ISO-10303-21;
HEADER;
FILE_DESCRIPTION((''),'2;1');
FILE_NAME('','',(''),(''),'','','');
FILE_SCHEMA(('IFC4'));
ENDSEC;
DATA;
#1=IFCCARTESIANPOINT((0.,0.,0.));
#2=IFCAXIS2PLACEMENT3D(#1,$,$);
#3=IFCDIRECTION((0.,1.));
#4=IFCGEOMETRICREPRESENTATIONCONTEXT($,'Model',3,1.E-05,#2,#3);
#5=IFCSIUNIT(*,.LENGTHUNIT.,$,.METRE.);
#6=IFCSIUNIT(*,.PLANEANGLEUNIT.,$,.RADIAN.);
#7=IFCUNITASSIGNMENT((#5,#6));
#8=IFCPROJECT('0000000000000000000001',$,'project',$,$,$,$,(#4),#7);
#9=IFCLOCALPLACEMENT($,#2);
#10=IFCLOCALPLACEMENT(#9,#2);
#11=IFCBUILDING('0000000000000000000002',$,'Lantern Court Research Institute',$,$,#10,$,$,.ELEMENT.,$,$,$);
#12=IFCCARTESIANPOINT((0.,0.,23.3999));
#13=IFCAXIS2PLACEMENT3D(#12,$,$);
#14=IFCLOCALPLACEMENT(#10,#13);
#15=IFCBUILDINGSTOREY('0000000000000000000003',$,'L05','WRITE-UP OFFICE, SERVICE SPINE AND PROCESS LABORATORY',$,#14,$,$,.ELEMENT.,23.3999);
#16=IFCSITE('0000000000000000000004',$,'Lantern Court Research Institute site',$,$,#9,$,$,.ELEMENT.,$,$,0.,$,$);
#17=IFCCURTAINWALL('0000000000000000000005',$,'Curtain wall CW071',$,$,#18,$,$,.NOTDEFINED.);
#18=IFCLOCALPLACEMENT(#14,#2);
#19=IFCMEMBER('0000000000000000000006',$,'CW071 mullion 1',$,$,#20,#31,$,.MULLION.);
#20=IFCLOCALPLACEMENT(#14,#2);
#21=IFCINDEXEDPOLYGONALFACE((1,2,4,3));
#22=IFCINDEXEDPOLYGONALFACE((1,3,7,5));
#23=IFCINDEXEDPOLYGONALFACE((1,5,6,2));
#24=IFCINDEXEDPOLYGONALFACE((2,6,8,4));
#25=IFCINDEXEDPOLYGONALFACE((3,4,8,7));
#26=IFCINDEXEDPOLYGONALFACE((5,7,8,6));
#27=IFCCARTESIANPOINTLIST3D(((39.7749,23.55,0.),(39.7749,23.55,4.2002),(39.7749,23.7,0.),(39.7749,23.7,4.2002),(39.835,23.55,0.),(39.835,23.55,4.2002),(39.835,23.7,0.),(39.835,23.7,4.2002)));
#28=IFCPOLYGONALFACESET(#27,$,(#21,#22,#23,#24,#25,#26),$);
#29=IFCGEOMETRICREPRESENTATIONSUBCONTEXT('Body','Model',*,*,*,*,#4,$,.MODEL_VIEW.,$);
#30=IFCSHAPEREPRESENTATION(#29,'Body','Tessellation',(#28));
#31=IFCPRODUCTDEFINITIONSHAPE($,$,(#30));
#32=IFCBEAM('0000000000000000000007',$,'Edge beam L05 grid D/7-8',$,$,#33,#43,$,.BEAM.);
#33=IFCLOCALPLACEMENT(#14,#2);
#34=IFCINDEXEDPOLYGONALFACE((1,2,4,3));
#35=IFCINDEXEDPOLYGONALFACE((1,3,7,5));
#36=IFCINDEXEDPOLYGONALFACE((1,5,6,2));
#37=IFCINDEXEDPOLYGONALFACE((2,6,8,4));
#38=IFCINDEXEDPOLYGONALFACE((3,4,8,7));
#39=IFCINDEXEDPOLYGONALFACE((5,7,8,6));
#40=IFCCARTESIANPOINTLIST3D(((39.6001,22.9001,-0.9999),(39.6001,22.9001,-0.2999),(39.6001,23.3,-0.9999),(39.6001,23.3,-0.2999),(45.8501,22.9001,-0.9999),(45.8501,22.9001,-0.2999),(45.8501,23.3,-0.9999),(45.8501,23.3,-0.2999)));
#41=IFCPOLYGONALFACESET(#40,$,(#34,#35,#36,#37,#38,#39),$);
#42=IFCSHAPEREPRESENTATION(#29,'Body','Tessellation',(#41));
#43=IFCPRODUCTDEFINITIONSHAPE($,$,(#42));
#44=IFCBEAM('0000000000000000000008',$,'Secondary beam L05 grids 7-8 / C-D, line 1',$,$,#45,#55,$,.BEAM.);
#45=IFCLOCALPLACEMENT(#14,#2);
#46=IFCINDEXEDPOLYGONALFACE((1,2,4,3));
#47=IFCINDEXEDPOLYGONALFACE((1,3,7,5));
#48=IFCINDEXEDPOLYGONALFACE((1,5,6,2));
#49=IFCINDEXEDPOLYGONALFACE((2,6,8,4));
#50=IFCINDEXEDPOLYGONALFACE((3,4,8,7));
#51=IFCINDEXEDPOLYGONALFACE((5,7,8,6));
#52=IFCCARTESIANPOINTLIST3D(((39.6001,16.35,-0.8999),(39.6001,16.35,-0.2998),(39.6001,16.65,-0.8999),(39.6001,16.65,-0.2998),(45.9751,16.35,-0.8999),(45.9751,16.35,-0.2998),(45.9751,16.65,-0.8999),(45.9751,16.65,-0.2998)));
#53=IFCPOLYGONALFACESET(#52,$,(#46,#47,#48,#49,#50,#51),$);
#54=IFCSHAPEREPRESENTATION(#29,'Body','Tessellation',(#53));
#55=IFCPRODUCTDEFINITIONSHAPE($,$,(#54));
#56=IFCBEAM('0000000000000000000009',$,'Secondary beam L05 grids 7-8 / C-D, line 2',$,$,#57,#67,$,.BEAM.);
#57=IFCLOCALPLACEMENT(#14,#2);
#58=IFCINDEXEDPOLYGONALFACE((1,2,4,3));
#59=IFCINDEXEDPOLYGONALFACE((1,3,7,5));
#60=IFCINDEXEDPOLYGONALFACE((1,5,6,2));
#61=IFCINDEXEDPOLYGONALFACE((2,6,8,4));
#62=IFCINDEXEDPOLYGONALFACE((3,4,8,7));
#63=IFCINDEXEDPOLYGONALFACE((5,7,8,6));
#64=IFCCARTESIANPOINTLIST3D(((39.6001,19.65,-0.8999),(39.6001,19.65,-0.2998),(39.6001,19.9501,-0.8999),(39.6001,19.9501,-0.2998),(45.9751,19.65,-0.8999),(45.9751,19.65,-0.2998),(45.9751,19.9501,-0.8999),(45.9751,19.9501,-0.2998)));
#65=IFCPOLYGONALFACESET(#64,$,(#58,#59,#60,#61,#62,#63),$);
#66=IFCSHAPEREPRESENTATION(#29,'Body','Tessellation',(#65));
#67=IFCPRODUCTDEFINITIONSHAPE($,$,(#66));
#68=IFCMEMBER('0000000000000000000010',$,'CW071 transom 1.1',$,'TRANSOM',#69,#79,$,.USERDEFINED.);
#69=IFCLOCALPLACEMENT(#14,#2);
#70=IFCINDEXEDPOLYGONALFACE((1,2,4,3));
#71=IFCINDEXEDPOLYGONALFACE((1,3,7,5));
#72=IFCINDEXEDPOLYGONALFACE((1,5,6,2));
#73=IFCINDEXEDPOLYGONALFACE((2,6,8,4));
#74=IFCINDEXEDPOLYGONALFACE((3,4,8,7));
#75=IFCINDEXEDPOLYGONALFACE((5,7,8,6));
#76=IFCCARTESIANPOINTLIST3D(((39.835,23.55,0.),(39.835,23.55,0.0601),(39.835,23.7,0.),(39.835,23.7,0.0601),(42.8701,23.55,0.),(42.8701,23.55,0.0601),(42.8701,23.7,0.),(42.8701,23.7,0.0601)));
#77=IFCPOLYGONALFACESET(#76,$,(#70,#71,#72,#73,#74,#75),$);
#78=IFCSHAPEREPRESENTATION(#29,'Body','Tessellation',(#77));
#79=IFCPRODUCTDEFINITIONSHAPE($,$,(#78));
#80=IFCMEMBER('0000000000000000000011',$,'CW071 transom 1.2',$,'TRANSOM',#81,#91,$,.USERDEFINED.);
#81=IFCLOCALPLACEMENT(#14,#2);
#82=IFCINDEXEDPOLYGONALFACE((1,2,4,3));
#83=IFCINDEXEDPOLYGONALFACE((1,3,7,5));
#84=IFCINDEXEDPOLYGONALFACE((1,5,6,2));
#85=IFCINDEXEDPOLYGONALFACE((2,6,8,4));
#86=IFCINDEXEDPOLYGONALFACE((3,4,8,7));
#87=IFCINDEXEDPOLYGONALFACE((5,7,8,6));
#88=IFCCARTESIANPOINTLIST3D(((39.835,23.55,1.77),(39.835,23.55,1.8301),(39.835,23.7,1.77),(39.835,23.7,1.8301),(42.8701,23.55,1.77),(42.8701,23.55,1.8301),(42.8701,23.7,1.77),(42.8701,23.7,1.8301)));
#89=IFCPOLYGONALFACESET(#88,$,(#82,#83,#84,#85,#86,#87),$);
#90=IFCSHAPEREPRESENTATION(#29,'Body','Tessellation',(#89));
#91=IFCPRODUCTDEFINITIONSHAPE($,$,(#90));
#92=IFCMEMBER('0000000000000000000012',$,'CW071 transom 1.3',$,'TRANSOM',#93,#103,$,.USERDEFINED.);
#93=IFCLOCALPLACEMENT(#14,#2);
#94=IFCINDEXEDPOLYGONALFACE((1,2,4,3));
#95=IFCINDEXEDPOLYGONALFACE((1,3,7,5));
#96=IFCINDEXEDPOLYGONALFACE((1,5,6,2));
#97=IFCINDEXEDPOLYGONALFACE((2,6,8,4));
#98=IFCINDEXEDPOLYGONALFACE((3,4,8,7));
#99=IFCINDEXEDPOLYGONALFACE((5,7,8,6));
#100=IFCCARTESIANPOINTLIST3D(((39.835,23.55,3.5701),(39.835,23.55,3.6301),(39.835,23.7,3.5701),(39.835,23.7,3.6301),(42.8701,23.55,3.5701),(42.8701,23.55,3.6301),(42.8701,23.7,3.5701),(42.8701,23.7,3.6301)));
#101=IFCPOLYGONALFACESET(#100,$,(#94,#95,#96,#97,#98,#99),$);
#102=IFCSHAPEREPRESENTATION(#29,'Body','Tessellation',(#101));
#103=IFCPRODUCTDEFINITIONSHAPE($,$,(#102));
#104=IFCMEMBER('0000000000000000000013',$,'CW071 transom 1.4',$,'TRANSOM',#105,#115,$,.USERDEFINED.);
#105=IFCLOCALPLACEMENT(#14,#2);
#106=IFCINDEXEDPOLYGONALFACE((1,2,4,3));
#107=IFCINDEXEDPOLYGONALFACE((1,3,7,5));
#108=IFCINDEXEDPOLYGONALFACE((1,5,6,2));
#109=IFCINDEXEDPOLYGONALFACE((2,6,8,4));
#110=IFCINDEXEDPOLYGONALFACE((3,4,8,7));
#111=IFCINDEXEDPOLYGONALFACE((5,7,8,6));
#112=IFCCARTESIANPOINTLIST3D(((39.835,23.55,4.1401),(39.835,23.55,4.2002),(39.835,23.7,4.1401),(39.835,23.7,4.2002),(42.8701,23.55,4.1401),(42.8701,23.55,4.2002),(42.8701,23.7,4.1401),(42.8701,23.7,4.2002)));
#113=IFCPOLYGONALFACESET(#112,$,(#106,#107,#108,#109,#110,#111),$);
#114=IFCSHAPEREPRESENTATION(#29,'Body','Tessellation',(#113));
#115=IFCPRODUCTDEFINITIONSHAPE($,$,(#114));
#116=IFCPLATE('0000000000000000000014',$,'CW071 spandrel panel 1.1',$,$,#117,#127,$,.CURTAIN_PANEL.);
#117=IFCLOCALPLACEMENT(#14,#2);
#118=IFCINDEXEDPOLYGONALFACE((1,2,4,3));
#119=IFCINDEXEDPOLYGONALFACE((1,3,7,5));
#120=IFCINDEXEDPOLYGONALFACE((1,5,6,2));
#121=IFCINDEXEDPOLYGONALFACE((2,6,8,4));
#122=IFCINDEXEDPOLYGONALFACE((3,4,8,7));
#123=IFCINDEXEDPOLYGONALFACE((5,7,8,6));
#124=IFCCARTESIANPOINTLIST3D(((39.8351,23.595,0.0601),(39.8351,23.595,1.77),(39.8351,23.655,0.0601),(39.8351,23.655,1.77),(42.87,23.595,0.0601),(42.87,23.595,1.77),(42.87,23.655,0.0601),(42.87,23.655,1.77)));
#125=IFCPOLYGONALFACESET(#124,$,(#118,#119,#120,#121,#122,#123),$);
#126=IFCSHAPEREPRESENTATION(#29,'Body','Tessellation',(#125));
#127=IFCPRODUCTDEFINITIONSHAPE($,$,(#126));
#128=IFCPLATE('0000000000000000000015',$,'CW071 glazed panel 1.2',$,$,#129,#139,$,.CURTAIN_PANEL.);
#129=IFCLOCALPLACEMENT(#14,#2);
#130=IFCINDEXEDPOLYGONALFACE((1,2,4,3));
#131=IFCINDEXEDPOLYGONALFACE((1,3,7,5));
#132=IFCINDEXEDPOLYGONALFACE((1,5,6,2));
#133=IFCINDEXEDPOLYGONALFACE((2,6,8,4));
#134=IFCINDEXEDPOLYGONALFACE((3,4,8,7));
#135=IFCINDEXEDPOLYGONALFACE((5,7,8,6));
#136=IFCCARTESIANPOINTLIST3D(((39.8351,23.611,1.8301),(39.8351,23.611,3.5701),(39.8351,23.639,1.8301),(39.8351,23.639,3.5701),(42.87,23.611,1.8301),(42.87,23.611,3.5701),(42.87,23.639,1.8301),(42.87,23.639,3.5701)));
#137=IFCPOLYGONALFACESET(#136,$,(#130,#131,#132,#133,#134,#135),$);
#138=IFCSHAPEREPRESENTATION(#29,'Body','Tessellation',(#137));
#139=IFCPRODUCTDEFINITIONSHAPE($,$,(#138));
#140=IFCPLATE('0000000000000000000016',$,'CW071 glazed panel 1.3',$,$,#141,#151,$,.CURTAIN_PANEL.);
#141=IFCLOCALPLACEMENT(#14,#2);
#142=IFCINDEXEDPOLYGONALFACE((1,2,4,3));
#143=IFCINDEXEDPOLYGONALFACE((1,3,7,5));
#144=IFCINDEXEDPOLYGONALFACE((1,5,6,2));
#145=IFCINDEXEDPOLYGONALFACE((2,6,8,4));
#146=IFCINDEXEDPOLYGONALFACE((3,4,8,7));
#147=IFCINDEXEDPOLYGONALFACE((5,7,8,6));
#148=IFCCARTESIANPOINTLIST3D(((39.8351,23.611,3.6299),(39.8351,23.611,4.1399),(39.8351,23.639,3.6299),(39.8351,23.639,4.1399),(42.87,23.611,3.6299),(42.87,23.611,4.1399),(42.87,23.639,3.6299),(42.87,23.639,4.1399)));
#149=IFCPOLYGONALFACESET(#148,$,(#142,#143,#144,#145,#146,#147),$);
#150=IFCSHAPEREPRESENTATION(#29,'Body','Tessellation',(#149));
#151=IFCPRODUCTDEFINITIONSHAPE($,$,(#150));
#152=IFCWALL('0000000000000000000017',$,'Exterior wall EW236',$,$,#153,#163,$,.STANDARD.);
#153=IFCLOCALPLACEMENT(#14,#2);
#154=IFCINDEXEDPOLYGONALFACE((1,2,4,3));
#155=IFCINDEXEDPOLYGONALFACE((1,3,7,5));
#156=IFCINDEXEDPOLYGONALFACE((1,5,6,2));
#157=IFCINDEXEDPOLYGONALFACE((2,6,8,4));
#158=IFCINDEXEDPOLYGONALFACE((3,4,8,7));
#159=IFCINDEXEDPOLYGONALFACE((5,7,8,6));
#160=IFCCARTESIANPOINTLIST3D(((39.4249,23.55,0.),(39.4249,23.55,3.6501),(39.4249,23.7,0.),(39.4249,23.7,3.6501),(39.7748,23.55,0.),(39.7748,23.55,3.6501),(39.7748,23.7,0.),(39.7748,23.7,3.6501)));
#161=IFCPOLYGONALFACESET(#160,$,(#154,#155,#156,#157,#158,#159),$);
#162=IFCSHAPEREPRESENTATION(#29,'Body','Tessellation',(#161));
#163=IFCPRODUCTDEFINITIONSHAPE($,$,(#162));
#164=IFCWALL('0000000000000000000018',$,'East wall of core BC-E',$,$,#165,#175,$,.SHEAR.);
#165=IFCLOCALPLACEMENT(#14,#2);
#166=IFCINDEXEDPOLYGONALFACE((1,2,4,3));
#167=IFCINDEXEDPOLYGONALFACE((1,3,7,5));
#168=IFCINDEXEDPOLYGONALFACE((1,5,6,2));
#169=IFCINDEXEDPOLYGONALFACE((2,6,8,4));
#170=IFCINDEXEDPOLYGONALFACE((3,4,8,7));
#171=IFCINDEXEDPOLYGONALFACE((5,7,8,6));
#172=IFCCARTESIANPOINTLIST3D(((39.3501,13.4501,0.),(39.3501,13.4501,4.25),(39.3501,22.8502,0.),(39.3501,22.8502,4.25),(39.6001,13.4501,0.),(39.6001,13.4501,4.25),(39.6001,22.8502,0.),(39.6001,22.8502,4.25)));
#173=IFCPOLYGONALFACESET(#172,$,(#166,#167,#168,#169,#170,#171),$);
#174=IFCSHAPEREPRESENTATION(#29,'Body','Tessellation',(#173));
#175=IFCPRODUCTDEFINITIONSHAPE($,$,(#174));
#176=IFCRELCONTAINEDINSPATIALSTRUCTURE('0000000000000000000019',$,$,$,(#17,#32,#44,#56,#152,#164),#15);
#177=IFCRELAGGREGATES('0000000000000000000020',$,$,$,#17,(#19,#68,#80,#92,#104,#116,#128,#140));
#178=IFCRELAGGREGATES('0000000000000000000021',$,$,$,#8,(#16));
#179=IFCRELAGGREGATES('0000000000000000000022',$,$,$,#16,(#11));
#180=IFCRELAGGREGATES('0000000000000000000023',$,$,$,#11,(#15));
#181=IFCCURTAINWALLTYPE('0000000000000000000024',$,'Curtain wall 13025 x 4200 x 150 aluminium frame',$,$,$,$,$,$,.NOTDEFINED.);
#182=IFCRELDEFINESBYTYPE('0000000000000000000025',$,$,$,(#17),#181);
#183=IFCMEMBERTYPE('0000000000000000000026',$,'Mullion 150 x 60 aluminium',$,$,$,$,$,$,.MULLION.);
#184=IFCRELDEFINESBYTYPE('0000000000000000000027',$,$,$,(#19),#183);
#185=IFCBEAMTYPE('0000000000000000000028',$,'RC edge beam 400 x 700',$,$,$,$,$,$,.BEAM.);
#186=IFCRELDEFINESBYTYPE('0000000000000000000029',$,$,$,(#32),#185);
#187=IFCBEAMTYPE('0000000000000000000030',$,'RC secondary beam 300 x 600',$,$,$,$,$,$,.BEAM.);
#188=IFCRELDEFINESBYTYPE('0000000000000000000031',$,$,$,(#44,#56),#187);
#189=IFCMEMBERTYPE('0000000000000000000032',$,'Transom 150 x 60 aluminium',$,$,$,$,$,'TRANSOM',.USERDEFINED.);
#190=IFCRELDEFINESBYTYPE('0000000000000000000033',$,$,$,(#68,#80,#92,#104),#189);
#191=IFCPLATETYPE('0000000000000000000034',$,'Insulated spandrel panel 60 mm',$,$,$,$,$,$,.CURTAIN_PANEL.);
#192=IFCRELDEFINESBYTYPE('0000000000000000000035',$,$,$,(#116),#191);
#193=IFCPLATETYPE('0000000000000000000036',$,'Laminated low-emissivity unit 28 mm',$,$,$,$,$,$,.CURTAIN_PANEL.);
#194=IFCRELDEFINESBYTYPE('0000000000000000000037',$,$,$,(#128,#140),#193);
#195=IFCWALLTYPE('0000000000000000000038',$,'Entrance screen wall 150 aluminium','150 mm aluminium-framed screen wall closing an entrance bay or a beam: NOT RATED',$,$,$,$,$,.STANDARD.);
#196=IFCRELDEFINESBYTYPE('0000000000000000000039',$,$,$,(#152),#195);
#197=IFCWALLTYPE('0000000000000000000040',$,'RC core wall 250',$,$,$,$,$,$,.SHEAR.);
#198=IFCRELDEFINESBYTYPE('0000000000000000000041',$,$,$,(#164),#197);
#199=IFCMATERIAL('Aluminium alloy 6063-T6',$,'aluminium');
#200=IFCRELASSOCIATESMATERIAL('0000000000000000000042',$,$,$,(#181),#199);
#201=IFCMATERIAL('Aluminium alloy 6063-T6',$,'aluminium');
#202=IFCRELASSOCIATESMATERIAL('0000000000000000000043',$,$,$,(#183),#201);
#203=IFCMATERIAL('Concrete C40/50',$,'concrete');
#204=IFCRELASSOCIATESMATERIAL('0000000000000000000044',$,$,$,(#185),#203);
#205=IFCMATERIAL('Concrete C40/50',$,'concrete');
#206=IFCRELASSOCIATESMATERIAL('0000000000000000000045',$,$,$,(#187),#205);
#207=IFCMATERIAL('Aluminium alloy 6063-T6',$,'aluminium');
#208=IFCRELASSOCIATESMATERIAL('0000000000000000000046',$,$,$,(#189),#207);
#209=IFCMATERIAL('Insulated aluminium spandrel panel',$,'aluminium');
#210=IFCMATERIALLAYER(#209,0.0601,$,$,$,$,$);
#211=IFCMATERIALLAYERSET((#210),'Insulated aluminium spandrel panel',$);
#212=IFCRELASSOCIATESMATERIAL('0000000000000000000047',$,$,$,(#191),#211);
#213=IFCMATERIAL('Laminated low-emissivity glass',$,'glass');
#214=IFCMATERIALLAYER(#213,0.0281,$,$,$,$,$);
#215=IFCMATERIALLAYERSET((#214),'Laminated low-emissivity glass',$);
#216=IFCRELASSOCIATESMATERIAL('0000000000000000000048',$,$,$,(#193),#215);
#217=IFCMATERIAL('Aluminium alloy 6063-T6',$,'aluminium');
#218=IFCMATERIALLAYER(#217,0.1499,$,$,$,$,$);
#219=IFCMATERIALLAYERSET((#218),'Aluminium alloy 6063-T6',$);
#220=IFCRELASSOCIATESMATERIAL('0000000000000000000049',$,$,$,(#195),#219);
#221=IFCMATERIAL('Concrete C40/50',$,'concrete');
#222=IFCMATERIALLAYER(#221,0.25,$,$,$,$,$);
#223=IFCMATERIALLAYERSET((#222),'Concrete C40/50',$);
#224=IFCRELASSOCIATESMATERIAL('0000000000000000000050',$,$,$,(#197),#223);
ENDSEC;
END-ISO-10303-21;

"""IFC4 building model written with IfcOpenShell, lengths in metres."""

from ifc_helpers import new_model, si_unit, direction, frame, frame_2d, origin, origin_2d, place, context, subcontext, project, spatial, rectangle, extrude, material, layer, layer_set, material_profile, profile_set, type_object, element, aggregate, save


model = new_model("IFC4")

# Units and contexts
model_context = context("Model", 3, precision=1e-05, world=origin(), true_north=direction((0.0, 1.0)))
body_context = subcontext(model_context, "Body", "Model", "MODEL_VIEW")
ifc_project = project(units=[si_unit("LENGTHUNIT", "METRE"), si_unit("PLANEANGLEUNIT", "RADIAN")], contexts=[model_context])

# Site, building, storey
site_placement = place(None, origin())
site = spatial("IfcSite", under=ifc_project, at=site_placement, Name="Lantern Court Research Institute site", CompositionType="ELEMENT", RefElevation=0.0)
building_placement = place(site_placement, origin())
building = spatial("IfcBuilding", under=site, at=building_placement, Name="Lantern Court Research Institute", CompositionType="ELEMENT")
storey_placement = place(building_placement, frame((0.0, 0.0, 23.3999)))
storey = spatial("IfcBuildingStorey", under=building, at=storey_placement, Name="L05", Description="WRITE-UP OFFICE, SERVICE SPINE AND PROCESS LABORATORY", CompositionType="ELEMENT", Elevation=23.3999)

# Curtain wall, member
ifc_material_1 = material(Name="Aluminium alloy 6063-T6", Category="aluminium")
curtain_wall_type = type_object("IfcCurtainWallType", Name="Curtain wall 13025 x 4200 x 150 aluminium frame", PredefinedType="NOTDEFINED", material=ifc_material_1)
curtain_wall_placement = place(storey_placement, origin())
curtain_wall = element("IfcCurtainWall", 1, at=curtain_wall_placement, inside=storey, type_object=curtain_wall_type, Name="Curtain wall CW071", PredefinedType="NOTDEFINED")
ifc_material_2 = material(Name="Aluminium alloy 6063-T6", Category="aluminium")
ifc_material_profile_1 = material_profile(ifc_material_2, rectangle(XDim=0.1499, YDim=0.0601, at=origin_2d()), Name="Mullion 150 x 60")
ifc_profile_set_1 = profile_set([ifc_material_profile_1], Name="Aluminium alloy 6063-T6")
member_type_1 = type_object("IfcMemberType", Name="Mullion 150 x 60 aluminium", PredefinedType="MULLION", material=ifc_profile_set_1)
member_1_placement = place(storey_placement, frame((39.8049, 23.625, 0.0), z_axis=(0.0, 0.0, 1.0), x_axis=(0.0, 1.0, 0.0)))
member_1 = element("IfcMember", 2, at=member_1_placement, type_object=member_type_1, Name="CW071 mullion 1", PredefinedType="MULLION", context=body_context, shape_type="SweptSolid", body=[
    extrude(rectangle(XDim=0.1499, YDim=0.0601, at=origin_2d()), origin(), (0.0, 0.0, 1.0), 4.2002),
])

# Beams
ifc_material_3 = material(Name="Concrete C40/50", Category="concrete")
ifc_material_profile_2 = material_profile(ifc_material_3, rectangle(XDim=0.3999, YDim=0.7, at=origin_2d()), Name="RC beam 400 x 700")
ifc_profile_set_2 = profile_set([ifc_material_profile_2], Name="Concrete C40/50")
beam_type_1 = type_object("IfcBeamType", Name="RC edge beam 400 x 700", PredefinedType="BEAM", material=ifc_profile_set_2)
beam_placement = place(storey_placement, frame((39.6001, 23.1001, -0.6499), z_axis=(1.0, 0.0, 0.0), x_axis=(0.0, 1.0, 0.0)))
element("IfcBeam", 3, at=beam_placement, inside=storey, type_object=beam_type_1, Name="Edge beam L05 grid D/7-8", PredefinedType="BEAM", context=body_context, shape_type="SweptSolid", body=[
    extrude(rectangle(XDim=0.3999, YDim=0.7, at=origin_2d()), origin(), (0.0, 0.0, 1.0), 6.25),
])
ifc_material_4 = material(Name="Concrete C40/50", Category="concrete")
ifc_material_profile_3 = material_profile(ifc_material_4, rectangle(XDim=0.3, YDim=0.6001, at=origin_2d()), Name="RC beam 300 x 600")
ifc_profile_set_3 = profile_set([ifc_material_profile_3], Name="Concrete C40/50")
beam_type_2 = type_object("IfcBeamType", Name="RC secondary beam 300 x 600", PredefinedType="BEAM", material=ifc_profile_set_3)
for number, where, z_axis, x_axis, name in (
    (4, (39.6001, 16.5, -0.5999), (1.0, 0.0, 0.0), (0.0, 1.0, 0.0), "Secondary beam L05 grids 7-8 / C-D, line 1"),
    (5, (39.6001, 19.8, -0.5999), (1.0, 0.0, 0.0), (0.0, 1.0, 0.0), "Secondary beam L05 grids 7-8 / C-D, line 2"),
):
    element("IfcBeam", number, at=place(storey_placement, frame(where, z_axis=z_axis, x_axis=x_axis)), inside=storey, type_object=beam_type_2, Name=name, PredefinedType="BEAM", context=body_context, shape_type="SweptSolid", body=[
        extrude(rectangle(XDim=0.3, YDim=0.6001, at=origin_2d()), origin(), (0.0, 0.0, 1.0), 6.375),
    ])

# Members
ifc_material_5 = material(Name="Aluminium alloy 6063-T6", Category="aluminium")
ifc_material_profile_4 = material_profile(ifc_material_5, rectangle(XDim=0.1499, YDim=0.0601, at=origin_2d()), Name="Transom 150 x 60")
ifc_profile_set_4 = profile_set([ifc_material_profile_4], Name="Aluminium alloy 6063-T6")
member_type_2 = type_object("IfcMemberType", Name="Transom 150 x 60 aluminium", ElementType="TRANSOM", PredefinedType="USERDEFINED", material=ifc_profile_set_4)
member_2_placement = place(storey_placement, frame((39.835, 23.625, 0.03), z_axis=(1.0, 0.0, 0.0), x_axis=(0.0, 1.0, 0.0)))
member_2 = element("IfcMember", 6, at=member_2_placement, type_object=member_type_2, Name="CW071 transom 1.1", ObjectType="TRANSOM", PredefinedType="USERDEFINED", context=body_context, shape_type="SweptSolid", body=[
    extrude(rectangle(XDim=0.1499, YDim=0.0601, at=origin_2d()), origin(), (0.0, 0.0, 1.0), 3.0352),
])
member_3_placement = place(storey_placement, frame((39.835, 23.625, 1.8), z_axis=(1.0, 0.0, 0.0), x_axis=(0.0, 1.0, 0.0)))
member_3 = element("IfcMember", 7, at=member_3_placement, type_object=member_type_2, Name="CW071 transom 1.2", ObjectType="TRANSOM", PredefinedType="USERDEFINED", context=body_context, shape_type="SweptSolid", body=[
    extrude(rectangle(XDim=0.1499, YDim=0.0601, at=origin_2d()), origin(), (0.0, 0.0, 1.0), 3.0352),
])
member_4_placement = place(storey_placement, frame((39.835, 23.625, 3.6001), z_axis=(1.0, 0.0, 0.0), x_axis=(0.0, 1.0, 0.0)))
member_4 = element("IfcMember", 8, at=member_4_placement, type_object=member_type_2, Name="CW071 transom 1.3", ObjectType="TRANSOM", PredefinedType="USERDEFINED", context=body_context, shape_type="SweptSolid", body=[
    extrude(rectangle(XDim=0.1499, YDim=0.0601, at=origin_2d()), origin(), (0.0, 0.0, 1.0), 3.0352),
])
member_5_placement = place(storey_placement, frame((39.835, 23.625, 4.1702), z_axis=(1.0, 0.0, 0.0), x_axis=(0.0, 1.0, 0.0)))
member_5 = element("IfcMember", 9, at=member_5_placement, type_object=member_type_2, Name="CW071 transom 1.4", ObjectType="TRANSOM", PredefinedType="USERDEFINED", context=body_context, shape_type="SweptSolid", body=[
    extrude(rectangle(XDim=0.1499, YDim=0.0601, at=origin_2d()), origin(), (0.0, 0.0, 1.0), 3.0352),
])

# Plates
ifc_material_6 = material(Name="Insulated aluminium spandrel panel", Category="aluminium")
ifc_layer_1 = layer(ifc_material_6, 0.0601)
ifc_layer_set_1 = layer_set([ifc_layer_1], Name="Insulated aluminium spandrel panel")
plate_type_1 = type_object("IfcPlateType", Name="Insulated spandrel panel 60 mm", PredefinedType="CURTAIN_PANEL", material=ifc_layer_set_1)
plate_1_placement = place(storey_placement, frame((41.3525, 23.625, 0.0601), z_axis=(0.0, 0.0, 1.0), x_axis=(1.0, 0.0, 0.0)))
plate_1 = element("IfcPlate", 10, at=plate_1_placement, type_object=plate_type_1, Name="CW071 spandrel panel 1.1", PredefinedType="CURTAIN_PANEL", context=body_context, shape_type="SweptSolid", body=[
    extrude(rectangle(XDim=3.0349, YDim=0.0601, at=origin_2d()), origin(), (0.0, 0.0, 1.0), 1.71),
])
ifc_material_7 = material(Name="Laminated low-emissivity glass", Category="glass")
ifc_layer_2 = layer(ifc_material_7, 0.0281)
ifc_layer_set_2 = layer_set([ifc_layer_2], Name="Laminated low-emissivity glass")
plate_type_2 = type_object("IfcPlateType", Name="Laminated low-emissivity unit 28 mm", PredefinedType="CURTAIN_PANEL", material=ifc_layer_set_2)
plate_2_placement = place(storey_placement, frame((41.3525, 23.625, 1.8301), z_axis=(0.0, 0.0, 1.0), x_axis=(1.0, 0.0, 0.0)))
plate_2 = element("IfcPlate", 11, at=plate_2_placement, type_object=plate_type_2, Name="CW071 glazed panel 1.2", PredefinedType="CURTAIN_PANEL", context=body_context, shape_type="SweptSolid", body=[
    extrude(rectangle(XDim=3.0349, YDim=0.0281, at=origin_2d()), origin(), (0.0, 0.0, 1.0), 1.74),
])
plate_3_placement = place(storey_placement, frame((41.3525, 23.625, 3.6299), z_axis=(0.0, 0.0, 1.0), x_axis=(1.0, 0.0, 0.0)))
plate_3 = element("IfcPlate", 12, at=plate_3_placement, type_object=plate_type_2, Name="CW071 glazed panel 1.3", PredefinedType="CURTAIN_PANEL", context=body_context, shape_type="SweptSolid", body=[
    extrude(rectangle(XDim=3.0349, YDim=0.0281, at=origin_2d()), origin(), (0.0, 0.0, 1.0), 0.51),
])
aggregate(curtain_wall, [member_1, member_2, member_3, member_4, member_5, plate_1, plate_2, plate_3])

# Walls
ifc_material_8 = material(Name="Aluminium alloy 6063-T6", Category="aluminium")
ifc_layer_3 = layer(ifc_material_8, 0.1499)
ifc_layer_set_3 = layer_set([ifc_layer_3], Name="Aluminium alloy 6063-T6")
wall_type_1 = type_object("IfcWallType", Name="Entrance screen wall 150 aluminium", Description="150 mm aluminium-framed screen wall closing an entrance bay or a beam: NOT RATED", PredefinedType="STANDARD", material=ifc_layer_set_3)
wall_1_placement = place(storey_placement, frame((39.425, 23.625, 0.0), z_axis=(0.0, 0.0, 1.0), x_axis=(1.0, 0.0, 0.0)))
element("IfcWall", 13, at=wall_1_placement, inside=storey, type_object=wall_type_1, Name="Exterior wall EW236", PredefinedType="STANDARD", context=body_context, shape_type="SweptSolid", body=[
    extrude(rectangle(XDim=0.3499, YDim=0.1499, at=frame_2d((0.1748, 0.0))), origin(), (0.0, 0.0, 1.0), 3.6501),
])
ifc_material_9 = material(Name="Concrete C40/50", Category="concrete")
ifc_layer_4 = layer(ifc_material_9, 0.25)
ifc_layer_set_4 = layer_set([ifc_layer_4], Name="Concrete C40/50")
wall_type_2 = type_object("IfcWallType", Name="RC core wall 250", PredefinedType="SHEAR", material=ifc_layer_set_4)
wall_2_placement = place(storey_placement, frame((39.4751, 13.45, 0.0), z_axis=(0.0, 0.0, 1.0), x_axis=(0.0, 1.0, 0.0)))
element("IfcWall", 14, at=wall_2_placement, inside=storey, type_object=wall_type_2, Name="East wall of core BC-E", PredefinedType="SHEAR", context=body_context, shape_type="SweptSolid", body=[
    extrude(rectangle(XDim=9.4001, YDim=0.25, at=frame_2d((4.7002, 0.0))), origin(), (0.0, 0.0, 1.0), 4.25),
])

save(model, "model.ifc")
